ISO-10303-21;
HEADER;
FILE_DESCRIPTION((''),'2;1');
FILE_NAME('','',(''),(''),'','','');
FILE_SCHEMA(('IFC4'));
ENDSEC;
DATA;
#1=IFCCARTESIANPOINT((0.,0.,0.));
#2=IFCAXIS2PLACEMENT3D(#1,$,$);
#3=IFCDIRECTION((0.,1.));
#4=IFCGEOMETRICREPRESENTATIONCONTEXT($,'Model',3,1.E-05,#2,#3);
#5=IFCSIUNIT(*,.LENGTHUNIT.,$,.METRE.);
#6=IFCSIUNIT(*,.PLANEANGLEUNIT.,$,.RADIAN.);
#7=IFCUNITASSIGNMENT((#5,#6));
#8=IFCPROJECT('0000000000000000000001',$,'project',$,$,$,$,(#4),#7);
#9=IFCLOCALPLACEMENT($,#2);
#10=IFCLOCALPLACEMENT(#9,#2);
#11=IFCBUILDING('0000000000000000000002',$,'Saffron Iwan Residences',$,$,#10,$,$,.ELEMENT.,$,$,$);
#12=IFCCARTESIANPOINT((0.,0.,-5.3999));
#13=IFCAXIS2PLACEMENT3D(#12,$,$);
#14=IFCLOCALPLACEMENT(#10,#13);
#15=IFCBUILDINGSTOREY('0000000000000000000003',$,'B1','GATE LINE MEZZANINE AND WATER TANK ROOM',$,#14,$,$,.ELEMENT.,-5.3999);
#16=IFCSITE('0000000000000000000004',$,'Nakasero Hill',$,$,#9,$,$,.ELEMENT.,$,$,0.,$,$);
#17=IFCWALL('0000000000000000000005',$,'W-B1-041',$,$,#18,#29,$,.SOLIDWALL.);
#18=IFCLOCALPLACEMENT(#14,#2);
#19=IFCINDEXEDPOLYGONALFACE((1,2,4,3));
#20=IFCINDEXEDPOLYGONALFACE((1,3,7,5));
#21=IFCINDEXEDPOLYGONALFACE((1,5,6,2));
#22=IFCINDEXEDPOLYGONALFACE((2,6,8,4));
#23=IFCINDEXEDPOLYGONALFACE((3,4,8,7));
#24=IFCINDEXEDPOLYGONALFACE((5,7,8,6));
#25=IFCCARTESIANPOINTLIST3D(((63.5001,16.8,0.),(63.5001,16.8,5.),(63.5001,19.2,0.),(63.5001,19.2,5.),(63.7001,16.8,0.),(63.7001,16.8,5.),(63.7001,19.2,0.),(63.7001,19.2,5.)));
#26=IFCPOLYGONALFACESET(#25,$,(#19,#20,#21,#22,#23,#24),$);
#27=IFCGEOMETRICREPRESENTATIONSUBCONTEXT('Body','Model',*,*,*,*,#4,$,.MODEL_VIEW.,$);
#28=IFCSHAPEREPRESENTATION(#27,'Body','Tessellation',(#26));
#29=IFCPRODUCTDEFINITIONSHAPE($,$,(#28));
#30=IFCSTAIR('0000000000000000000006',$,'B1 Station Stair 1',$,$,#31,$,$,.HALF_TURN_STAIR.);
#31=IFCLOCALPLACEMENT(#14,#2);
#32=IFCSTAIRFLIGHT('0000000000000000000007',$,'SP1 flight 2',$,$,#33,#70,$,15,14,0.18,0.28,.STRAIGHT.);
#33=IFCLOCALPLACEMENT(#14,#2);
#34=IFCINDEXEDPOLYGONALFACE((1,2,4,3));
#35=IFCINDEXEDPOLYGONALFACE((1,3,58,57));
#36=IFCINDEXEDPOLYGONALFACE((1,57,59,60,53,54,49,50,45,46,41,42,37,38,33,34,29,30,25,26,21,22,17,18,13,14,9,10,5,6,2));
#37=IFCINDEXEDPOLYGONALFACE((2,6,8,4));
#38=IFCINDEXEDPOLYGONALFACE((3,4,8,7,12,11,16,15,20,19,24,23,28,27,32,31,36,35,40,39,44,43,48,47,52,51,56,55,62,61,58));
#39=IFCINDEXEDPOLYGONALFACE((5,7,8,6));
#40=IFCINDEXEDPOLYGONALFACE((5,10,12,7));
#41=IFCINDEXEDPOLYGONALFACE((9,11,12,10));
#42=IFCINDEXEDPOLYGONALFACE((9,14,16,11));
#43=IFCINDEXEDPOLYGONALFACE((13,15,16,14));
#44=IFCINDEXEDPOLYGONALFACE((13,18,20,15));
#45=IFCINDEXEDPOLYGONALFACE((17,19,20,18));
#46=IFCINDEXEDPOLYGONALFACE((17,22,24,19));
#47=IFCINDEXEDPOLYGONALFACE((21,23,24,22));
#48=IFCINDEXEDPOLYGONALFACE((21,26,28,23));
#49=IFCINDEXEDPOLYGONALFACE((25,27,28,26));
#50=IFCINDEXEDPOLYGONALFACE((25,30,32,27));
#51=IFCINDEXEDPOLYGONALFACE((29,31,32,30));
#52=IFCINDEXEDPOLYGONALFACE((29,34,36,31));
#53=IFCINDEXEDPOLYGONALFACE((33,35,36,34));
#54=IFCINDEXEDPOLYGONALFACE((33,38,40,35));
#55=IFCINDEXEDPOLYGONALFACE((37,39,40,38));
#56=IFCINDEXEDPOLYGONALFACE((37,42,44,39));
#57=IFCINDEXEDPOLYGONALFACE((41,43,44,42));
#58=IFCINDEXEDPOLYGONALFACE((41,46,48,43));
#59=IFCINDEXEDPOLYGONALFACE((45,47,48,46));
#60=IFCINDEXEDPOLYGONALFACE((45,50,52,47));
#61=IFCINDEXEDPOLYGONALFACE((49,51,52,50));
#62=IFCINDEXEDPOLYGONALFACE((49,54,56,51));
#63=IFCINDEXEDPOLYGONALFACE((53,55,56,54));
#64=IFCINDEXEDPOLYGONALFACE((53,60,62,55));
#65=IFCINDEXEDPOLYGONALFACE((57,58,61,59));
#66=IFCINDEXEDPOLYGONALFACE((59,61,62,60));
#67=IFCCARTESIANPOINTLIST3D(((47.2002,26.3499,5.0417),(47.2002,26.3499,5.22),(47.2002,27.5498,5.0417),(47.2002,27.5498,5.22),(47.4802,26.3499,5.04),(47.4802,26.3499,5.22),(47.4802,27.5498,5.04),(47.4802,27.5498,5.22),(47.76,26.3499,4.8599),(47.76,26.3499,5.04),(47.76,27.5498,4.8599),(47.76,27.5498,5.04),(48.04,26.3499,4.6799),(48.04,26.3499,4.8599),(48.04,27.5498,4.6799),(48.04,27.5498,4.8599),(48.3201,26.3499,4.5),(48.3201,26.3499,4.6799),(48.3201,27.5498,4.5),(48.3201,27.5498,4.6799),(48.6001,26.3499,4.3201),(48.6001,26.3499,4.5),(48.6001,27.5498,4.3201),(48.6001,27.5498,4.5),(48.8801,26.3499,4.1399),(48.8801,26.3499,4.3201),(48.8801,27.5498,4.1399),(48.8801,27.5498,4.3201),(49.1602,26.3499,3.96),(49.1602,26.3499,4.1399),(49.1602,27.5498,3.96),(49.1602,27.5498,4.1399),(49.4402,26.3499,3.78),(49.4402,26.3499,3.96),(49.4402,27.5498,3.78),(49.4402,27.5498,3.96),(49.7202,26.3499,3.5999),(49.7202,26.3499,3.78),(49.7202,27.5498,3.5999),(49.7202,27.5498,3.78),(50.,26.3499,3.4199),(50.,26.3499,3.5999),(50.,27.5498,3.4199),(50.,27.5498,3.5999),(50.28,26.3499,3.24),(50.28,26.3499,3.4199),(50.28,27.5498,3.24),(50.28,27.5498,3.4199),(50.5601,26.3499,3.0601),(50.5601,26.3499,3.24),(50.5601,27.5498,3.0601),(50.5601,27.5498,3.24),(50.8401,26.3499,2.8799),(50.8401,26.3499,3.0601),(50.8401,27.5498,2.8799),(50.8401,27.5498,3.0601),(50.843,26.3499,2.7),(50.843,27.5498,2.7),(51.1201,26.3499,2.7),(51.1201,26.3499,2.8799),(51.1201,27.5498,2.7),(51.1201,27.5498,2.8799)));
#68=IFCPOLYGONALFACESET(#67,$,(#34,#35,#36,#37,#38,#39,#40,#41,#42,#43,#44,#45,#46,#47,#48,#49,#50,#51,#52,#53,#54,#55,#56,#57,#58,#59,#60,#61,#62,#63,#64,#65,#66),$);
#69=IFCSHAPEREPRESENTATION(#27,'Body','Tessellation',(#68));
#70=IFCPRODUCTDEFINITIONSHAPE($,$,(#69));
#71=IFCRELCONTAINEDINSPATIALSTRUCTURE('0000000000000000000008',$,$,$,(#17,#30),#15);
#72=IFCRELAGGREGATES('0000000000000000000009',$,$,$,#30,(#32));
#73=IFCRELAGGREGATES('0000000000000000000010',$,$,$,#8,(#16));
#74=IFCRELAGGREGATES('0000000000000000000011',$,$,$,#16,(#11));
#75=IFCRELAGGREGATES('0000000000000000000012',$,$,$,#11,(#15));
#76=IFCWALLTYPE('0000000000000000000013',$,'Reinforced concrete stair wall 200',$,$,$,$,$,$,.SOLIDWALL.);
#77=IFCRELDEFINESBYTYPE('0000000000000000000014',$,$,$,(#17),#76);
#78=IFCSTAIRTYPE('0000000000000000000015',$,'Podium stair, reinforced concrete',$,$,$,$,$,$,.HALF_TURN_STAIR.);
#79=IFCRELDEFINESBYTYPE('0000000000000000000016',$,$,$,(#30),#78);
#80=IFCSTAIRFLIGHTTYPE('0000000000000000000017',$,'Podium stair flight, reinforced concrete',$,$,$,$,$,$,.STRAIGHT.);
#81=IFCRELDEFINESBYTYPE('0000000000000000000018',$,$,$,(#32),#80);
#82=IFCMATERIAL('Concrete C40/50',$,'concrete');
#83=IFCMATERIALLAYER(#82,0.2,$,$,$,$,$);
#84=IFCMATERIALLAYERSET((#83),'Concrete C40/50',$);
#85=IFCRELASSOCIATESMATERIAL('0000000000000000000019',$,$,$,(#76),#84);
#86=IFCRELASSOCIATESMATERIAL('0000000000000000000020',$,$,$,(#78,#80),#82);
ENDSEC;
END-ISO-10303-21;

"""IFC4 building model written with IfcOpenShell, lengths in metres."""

from ifc_helpers import new_model, si_unit, direction, frame, frame_2d, origin, place, context, subcontext, project, spatial, polyline, rectangle, outline, extrude, material, layer, layer_set, type_object, element, aggregate, save


model = new_model("IFC4")

# Units and contexts
model_context = context("Model", 3, precision=1e-05, world=origin(), true_north=direction((0.0, 1.0)))
body_context = subcontext(model_context, "Body", "Model", "MODEL_VIEW")
ifc_project = project(units=[si_unit("LENGTHUNIT", "METRE"), si_unit("PLANEANGLEUNIT", "RADIAN")], contexts=[model_context])

# Site, building, storey
site_placement = place(None, origin())
site = spatial("IfcSite", under=ifc_project, at=site_placement, Name="Nakasero Hill", CompositionType="ELEMENT", RefElevation=0.0)
building_placement = place(site_placement, origin())
building = spatial("IfcBuilding", under=site, at=building_placement, Name="Saffron Iwan Residences", CompositionType="ELEMENT")
storey_placement = place(building_placement, frame((0.0, 0.0, -5.3999)))
storey = spatial("IfcBuildingStorey", under=building, at=storey_placement, Name="B1", Description="GATE LINE MEZZANINE AND WATER TANK ROOM", CompositionType="ELEMENT", Elevation=-5.3999)

# Shared definitions
ifc_material_1 = material(Name="Concrete C40/50", Category="concrete")

# Shared definitions
ifc_layer_1 = layer(ifc_material_1, 0.2)
ifc_layer_set_1 = layer_set([ifc_layer_1], Name="Concrete C40/50")
wall_type_1 = type_object("IfcWallType", Name="Reinforced concrete stair wall 200", PredefinedType="SOLIDWALL", material=ifc_layer_set_1)

# Wall
wall_1_placement = place(storey_placement, frame((63.6001, 16.8, 0.0), z_axis=(0.0, 0.0, 1.0), x_axis=(0.0, 1.0, 0.0)))
element("IfcWall", 1, at=wall_1_placement, inside=storey, type_object=wall_type_1, Name="W-B1-041", PredefinedType="SOLIDWALL", context=body_context, shape_type="SweptSolid", body=[
    extrude(rectangle(XDim=2.3999, YDim=0.2, at=frame_2d((1.2, 0.0))), origin(), (0.0, 0.0, 1.0), 5.0),
])

# Stair, stair flight
stair_type = type_object("IfcStairType", Name="Podium stair, reinforced concrete", PredefinedType="HALF_TURN_STAIR", material=ifc_material_1)
stair_placement = place(storey_placement, origin())
stair = element("IfcStair", 2, at=stair_placement, inside=storey, type_object=stair_type, Name="B1 Station Stair 1", PredefinedType="HALF_TURN_STAIR")
stair_flight_type = type_object("IfcStairFlightType", Name="Podium stair flight, reinforced concrete", PredefinedType="STRAIGHT", material=ifc_material_1)
stair_flight_placement = place(storey_placement, frame((51.1201, 26.95, 2.7), z_axis=(0.0, 0.0, 1.0), x_axis=(-1.0, 0.0, 0.0)))
stair_flight = element("IfcStairFlight", 3, at=stair_flight_placement, type_object=stair_flight_type, Name="SP1 flight 2", NumberOfRisers=15, NumberOfTreads=14, PredefinedType="STRAIGHT", RiserHeight=0.18, TreadLength=0.28, context=body_context, shape_type="SweptSolid", body=[
    extrude(outline(polyline([(0.0, 0.0), (0.0, 0.1799), (0.28, 0.1799), (0.28, 0.3601), (0.5601, 0.3601), (0.5601, 0.54), (0.8401, 0.54), (0.8401, 0.72), (1.1201, 0.72), (1.1201, 0.8999), (1.3999, 0.8999), (1.3999, 1.0801), (1.6799, 1.0801), (1.6799, 1.26), (1.96, 1.26), (1.96, 1.4399), (2.24, 1.4399), (2.24, 1.6201), (2.52, 1.6201), (2.52, 1.8), (2.8, 1.8), (2.8, 1.98), (3.0801, 1.98), (3.0801, 2.1599), (3.3601, 2.1599), (3.3601, 2.3401), (3.6399, 2.3401), (3.6399, 2.52), (3.9199, 2.52), (3.9199, 2.7), (3.9199, 2.3418), (0.2771, 0.0), (0.0, 0.0)])), frame((0.0, 0.6001, 0.0), z_axis=(0.0, -1.0, 0.0), x_axis=(1.0, 0.0, 0.0)), (0.0, 0.0, 1.0), 1.2),
])
aggregate(stair, [stair_flight])

save(model, "model.ifc")
